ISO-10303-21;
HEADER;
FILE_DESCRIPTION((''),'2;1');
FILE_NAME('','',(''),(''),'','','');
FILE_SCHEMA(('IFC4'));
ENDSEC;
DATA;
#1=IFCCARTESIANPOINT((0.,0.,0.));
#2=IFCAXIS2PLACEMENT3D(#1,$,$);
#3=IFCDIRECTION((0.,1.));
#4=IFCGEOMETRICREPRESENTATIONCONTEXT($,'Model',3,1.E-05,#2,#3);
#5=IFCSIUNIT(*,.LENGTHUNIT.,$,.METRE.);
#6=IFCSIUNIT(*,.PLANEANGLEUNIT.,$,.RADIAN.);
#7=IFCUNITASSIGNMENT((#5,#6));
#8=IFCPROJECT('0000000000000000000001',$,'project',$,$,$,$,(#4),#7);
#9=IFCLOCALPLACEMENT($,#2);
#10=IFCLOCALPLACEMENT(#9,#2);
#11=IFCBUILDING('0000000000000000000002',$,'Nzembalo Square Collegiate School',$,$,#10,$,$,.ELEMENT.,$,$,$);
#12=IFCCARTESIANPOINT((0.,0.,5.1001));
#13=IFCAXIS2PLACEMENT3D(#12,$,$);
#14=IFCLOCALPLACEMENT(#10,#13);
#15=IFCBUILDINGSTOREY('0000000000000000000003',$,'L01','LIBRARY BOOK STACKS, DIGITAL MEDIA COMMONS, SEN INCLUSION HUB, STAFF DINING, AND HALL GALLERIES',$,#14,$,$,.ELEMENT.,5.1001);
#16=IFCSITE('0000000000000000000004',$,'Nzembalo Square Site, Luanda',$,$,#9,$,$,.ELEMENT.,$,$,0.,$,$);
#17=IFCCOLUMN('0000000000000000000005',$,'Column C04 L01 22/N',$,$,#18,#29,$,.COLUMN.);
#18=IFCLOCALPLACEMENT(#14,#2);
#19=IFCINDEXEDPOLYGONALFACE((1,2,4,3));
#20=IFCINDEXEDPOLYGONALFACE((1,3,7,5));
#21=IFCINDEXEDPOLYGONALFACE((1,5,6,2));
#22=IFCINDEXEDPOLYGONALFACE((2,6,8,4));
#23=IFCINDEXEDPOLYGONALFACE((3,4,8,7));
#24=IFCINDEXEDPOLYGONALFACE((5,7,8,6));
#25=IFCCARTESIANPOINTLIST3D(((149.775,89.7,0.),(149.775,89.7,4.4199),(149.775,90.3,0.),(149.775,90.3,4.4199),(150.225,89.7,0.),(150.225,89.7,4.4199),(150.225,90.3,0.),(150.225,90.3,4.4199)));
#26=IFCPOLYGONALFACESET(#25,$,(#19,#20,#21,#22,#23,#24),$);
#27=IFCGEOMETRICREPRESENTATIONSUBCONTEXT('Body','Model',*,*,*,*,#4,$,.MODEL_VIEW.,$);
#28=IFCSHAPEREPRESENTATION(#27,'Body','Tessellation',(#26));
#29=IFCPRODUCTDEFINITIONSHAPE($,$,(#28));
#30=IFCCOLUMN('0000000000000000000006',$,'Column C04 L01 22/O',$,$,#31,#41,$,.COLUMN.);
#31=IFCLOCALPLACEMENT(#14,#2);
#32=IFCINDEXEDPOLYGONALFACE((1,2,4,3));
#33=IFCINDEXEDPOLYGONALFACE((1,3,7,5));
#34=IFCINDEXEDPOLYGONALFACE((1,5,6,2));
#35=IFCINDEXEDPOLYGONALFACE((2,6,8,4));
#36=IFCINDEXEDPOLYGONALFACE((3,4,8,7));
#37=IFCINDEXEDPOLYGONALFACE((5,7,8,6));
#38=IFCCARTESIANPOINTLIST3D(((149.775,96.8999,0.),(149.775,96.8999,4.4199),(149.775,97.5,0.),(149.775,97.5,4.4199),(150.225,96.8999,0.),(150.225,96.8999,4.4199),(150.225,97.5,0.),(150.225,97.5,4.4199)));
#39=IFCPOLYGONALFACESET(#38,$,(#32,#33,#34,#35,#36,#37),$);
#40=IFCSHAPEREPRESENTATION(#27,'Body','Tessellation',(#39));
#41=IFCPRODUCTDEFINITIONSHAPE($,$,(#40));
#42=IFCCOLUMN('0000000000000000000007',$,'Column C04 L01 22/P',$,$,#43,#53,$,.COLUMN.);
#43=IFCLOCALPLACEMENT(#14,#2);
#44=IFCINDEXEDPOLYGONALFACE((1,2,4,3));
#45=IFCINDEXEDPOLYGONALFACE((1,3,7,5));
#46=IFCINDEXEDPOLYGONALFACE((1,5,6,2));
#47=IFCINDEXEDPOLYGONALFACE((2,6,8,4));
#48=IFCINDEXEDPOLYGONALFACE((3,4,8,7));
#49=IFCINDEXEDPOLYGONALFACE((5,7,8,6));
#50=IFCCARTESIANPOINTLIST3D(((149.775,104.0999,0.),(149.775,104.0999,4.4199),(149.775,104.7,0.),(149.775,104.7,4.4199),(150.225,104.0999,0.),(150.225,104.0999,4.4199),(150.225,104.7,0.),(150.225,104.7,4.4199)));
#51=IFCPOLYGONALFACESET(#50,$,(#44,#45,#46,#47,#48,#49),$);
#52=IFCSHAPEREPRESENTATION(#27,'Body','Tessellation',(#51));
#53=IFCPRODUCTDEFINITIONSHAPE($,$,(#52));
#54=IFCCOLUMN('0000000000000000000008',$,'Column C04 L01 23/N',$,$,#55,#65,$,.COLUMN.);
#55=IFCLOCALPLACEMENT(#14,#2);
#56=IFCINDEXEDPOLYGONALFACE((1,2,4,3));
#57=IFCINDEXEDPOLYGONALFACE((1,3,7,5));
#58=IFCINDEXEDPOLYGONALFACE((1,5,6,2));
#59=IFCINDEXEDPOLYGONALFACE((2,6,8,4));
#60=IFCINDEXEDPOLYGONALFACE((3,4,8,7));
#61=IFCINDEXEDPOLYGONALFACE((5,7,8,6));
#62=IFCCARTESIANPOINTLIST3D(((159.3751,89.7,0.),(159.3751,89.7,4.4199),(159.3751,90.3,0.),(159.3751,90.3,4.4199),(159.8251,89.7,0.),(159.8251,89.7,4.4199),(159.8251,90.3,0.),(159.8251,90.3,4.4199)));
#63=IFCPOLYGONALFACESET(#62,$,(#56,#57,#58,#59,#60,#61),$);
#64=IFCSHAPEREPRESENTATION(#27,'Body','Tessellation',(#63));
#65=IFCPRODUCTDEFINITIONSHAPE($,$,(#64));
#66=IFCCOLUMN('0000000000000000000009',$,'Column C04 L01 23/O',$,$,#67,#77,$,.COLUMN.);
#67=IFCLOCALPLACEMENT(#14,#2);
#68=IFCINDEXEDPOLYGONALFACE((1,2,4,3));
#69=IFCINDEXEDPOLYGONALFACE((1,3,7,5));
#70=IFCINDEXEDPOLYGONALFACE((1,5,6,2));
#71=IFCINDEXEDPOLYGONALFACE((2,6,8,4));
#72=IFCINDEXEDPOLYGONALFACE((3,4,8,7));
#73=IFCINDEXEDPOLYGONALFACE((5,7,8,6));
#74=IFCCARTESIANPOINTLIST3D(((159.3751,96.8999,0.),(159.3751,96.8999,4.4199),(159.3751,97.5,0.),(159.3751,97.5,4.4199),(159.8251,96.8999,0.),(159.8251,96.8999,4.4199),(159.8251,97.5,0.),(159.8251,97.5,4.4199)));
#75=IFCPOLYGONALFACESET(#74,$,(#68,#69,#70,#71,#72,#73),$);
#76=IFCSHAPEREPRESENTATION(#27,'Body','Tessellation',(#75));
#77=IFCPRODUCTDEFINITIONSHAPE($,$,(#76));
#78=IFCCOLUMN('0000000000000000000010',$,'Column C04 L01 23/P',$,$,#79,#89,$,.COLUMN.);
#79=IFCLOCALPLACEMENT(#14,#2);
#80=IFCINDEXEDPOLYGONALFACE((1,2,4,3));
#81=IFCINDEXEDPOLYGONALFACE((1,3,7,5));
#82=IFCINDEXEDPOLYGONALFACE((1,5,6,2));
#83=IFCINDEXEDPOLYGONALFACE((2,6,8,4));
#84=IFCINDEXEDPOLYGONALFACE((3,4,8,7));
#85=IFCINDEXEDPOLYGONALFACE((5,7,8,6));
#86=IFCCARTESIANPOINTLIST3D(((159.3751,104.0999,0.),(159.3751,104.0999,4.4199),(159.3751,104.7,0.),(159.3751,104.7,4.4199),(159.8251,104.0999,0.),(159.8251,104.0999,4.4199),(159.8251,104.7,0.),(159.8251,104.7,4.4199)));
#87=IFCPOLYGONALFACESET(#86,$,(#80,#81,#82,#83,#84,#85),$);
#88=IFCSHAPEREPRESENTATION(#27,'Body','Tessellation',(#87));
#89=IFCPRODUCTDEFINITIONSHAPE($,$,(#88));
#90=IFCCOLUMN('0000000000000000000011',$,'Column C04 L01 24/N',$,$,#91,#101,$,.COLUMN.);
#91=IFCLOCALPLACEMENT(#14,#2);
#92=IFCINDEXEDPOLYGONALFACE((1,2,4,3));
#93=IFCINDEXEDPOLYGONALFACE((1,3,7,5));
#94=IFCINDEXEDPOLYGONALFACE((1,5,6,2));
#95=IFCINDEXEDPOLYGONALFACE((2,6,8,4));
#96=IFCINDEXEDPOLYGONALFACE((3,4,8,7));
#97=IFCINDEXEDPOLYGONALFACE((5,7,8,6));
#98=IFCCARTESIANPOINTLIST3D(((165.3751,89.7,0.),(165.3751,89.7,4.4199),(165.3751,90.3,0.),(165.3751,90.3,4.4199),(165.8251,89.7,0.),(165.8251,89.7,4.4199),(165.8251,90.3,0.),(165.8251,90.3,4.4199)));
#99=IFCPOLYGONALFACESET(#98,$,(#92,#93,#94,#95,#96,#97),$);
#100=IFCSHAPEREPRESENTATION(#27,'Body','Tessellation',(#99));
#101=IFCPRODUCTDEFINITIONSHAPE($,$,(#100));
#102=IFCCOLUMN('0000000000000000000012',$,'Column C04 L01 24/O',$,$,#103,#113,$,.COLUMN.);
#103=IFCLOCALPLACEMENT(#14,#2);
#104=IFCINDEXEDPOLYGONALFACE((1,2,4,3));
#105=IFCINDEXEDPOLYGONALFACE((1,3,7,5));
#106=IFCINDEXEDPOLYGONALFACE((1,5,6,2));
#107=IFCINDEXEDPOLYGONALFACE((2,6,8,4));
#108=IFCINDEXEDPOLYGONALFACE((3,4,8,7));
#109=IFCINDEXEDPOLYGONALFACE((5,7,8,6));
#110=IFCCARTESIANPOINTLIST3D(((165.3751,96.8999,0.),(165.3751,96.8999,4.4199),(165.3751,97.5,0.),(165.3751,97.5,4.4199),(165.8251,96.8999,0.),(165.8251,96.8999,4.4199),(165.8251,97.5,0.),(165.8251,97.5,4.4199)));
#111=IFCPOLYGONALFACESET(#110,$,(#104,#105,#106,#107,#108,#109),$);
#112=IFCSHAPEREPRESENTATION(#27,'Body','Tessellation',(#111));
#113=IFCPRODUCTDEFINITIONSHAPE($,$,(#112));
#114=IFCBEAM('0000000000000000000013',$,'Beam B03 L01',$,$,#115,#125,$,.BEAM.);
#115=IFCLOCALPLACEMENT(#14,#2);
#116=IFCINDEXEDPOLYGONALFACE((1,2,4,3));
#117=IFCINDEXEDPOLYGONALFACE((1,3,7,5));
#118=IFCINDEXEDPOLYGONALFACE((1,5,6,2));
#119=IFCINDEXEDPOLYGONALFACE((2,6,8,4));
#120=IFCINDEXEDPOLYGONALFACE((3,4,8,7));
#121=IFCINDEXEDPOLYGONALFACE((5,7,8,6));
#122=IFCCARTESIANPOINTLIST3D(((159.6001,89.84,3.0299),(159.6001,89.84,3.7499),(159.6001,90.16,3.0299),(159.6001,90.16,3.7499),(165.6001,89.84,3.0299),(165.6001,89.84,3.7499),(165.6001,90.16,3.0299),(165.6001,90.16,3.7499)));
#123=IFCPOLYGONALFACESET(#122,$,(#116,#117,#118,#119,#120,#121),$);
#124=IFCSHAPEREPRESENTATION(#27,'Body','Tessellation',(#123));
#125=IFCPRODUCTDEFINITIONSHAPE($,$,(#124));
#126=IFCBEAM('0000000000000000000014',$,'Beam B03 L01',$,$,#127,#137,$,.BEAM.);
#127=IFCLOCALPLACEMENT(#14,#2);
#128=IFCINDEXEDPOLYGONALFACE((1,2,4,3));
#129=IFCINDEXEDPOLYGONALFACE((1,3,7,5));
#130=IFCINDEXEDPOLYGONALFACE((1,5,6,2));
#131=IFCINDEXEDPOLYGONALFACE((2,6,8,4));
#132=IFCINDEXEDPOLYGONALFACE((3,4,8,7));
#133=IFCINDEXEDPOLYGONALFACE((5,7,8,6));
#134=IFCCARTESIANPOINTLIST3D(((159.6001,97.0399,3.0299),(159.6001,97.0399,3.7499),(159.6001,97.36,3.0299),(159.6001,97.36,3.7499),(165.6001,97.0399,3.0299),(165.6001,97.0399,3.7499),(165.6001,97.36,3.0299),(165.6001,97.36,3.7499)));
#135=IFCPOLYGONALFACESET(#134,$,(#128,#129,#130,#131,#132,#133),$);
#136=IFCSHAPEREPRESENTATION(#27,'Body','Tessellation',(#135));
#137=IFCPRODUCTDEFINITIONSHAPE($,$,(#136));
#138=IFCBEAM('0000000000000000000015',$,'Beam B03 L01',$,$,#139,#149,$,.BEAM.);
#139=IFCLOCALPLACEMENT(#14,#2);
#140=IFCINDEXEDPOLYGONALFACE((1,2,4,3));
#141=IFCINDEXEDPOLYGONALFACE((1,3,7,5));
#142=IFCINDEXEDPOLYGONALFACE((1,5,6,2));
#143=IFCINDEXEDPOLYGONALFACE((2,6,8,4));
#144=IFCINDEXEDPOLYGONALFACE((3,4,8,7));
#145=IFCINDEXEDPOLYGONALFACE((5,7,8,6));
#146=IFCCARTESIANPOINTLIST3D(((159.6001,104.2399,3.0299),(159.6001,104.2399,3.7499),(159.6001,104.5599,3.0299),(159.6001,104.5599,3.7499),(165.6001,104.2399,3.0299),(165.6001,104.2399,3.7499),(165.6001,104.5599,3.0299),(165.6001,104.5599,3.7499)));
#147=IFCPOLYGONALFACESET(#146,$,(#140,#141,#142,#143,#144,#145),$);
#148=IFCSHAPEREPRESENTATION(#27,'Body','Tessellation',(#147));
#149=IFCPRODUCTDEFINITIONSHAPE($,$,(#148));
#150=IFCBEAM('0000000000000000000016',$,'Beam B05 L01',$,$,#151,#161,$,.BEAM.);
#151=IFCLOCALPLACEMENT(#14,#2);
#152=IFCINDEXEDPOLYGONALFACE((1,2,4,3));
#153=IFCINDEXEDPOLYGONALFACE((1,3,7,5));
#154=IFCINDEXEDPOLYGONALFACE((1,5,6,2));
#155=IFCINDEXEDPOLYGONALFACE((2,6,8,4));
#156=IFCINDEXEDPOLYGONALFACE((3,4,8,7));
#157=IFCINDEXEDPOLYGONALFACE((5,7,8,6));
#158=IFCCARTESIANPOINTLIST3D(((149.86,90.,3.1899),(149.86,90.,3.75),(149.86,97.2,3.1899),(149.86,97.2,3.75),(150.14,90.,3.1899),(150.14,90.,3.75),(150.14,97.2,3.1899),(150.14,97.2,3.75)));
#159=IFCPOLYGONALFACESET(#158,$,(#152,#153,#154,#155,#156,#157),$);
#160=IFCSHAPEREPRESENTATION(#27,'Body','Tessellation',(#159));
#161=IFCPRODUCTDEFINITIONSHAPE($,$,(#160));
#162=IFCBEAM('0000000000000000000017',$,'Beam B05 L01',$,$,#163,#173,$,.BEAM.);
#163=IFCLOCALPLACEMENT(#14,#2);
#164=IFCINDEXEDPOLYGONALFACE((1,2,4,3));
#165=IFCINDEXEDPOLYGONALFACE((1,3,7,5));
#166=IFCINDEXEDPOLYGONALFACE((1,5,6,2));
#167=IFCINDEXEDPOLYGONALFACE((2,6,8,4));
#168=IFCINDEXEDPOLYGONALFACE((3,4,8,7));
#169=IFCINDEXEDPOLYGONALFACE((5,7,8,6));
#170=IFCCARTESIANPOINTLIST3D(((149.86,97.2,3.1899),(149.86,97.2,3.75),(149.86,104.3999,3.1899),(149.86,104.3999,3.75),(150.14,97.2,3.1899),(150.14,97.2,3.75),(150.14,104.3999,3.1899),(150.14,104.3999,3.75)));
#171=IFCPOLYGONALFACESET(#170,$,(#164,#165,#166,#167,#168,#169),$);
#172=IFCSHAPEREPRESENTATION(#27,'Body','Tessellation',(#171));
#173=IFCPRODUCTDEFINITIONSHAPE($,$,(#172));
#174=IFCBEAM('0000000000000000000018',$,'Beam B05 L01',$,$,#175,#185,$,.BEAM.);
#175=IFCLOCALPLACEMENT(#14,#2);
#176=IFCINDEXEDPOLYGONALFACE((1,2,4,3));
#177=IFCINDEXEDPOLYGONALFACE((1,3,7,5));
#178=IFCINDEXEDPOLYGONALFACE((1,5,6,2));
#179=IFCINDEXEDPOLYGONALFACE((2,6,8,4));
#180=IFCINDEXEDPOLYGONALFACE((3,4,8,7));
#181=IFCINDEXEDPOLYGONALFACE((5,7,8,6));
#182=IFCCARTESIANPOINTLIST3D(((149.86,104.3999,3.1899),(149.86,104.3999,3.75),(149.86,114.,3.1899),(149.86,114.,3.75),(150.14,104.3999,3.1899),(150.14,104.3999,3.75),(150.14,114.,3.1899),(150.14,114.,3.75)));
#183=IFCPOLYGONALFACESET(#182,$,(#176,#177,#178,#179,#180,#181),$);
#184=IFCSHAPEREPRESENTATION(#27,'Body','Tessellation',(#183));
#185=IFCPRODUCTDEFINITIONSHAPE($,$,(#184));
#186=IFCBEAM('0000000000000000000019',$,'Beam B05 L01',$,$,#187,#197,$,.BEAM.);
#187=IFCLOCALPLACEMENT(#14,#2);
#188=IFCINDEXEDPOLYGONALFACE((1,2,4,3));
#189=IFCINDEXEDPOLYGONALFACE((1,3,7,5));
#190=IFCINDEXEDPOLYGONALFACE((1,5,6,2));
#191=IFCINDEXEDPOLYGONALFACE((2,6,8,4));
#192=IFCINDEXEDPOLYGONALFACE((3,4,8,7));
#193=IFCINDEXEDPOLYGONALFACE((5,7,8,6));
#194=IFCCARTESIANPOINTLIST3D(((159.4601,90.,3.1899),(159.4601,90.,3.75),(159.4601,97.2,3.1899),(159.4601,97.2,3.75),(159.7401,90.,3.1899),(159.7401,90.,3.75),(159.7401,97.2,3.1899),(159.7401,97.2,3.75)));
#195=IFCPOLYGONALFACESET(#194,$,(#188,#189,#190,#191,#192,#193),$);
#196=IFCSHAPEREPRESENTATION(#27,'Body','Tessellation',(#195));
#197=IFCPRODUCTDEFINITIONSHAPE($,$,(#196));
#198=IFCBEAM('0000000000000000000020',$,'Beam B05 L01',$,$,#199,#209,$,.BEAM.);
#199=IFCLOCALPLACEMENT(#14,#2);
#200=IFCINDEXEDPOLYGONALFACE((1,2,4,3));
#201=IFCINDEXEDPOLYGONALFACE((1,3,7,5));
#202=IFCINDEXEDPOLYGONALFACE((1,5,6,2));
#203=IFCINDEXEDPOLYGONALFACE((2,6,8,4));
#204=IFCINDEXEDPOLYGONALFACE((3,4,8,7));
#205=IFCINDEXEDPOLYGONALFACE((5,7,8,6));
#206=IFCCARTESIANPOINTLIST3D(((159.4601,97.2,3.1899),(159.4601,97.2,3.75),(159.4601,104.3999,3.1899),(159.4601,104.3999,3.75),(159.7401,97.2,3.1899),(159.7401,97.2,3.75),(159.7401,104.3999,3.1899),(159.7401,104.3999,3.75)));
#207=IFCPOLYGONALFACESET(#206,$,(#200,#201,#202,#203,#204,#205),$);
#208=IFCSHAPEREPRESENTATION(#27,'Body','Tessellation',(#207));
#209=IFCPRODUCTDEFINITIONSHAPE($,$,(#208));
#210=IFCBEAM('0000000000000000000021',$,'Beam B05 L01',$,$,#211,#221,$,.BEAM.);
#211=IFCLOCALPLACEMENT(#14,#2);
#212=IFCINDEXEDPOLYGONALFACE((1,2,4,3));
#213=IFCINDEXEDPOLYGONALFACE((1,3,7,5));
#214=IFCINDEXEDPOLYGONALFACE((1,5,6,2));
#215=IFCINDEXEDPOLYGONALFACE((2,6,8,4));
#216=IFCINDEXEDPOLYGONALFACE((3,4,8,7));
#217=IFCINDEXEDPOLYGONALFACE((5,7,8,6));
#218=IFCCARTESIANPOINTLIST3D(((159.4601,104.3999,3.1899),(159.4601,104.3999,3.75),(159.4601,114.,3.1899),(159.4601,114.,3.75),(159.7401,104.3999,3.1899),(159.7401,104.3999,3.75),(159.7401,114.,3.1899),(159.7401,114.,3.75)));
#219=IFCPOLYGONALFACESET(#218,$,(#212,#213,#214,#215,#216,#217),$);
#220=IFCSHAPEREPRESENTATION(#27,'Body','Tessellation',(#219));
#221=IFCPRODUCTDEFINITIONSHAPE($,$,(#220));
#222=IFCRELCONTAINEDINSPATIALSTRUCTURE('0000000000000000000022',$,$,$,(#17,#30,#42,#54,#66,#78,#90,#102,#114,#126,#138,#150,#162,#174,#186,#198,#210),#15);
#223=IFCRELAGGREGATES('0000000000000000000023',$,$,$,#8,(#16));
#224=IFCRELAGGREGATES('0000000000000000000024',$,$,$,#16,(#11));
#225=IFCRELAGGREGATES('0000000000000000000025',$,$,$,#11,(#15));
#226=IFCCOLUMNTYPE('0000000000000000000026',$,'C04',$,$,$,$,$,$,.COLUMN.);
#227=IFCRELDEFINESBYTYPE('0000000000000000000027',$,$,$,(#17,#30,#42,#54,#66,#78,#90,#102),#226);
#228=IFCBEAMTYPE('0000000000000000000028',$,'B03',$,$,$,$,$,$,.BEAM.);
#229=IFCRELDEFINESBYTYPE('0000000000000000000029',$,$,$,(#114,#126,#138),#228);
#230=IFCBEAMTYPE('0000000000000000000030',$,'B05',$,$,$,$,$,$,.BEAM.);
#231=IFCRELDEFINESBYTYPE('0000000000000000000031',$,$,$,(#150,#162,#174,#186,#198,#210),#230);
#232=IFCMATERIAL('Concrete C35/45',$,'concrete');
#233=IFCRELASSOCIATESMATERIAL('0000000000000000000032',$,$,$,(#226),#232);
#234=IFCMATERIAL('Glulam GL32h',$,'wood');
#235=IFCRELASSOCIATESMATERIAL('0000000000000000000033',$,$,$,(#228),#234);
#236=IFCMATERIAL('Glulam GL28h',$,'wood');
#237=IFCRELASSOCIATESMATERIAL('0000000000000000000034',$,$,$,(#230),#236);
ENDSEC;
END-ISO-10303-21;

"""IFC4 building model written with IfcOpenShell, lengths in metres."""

from ifc_helpers import new_model, si_unit, direction, frame, origin, origin_2d, place, context, subcontext, project, spatial, rectangle, extrude, material, material_profile, profile_set, type_object, element, save


model = new_model("IFC4")

# Units and contexts
model_context = context("Model", 3, precision=1e-05, world=origin(), true_north=direction((0.0, 1.0)))
body_context = subcontext(model_context, "Body", "Model", "MODEL_VIEW")
ifc_project = project(units=[si_unit("LENGTHUNIT", "METRE"), si_unit("PLANEANGLEUNIT", "RADIAN")], contexts=[model_context])

# Site, building, storey
site_placement = place(None, origin())
site = spatial("IfcSite", under=ifc_project, at=site_placement, Name="Nzembalo Square Site, Luanda", CompositionType="ELEMENT", RefElevation=0.0)
building_placement = place(site_placement, origin())
building = spatial("IfcBuilding", under=site, at=building_placement, Name="Nzembalo Square Collegiate School", CompositionType="ELEMENT")
storey_placement = place(building_placement, frame((0.0, 0.0, 5.1001)))
storey = spatial("IfcBuildingStorey", under=building, at=storey_placement, Name="L01", Description="LIBRARY BOOK STACKS, DIGITAL MEDIA COMMONS, SEN INCLUSION HUB, STAFF DINING, AND HALL GALLERIES", CompositionType="ELEMENT", Elevation=5.1001)

# Columns
ifc_material_1 = material(Name="Concrete C35/45", Category="concrete")
ifc_material_profile_1 = material_profile(ifc_material_1, rectangle(XDim=0.45, YDim=0.6001, at=origin_2d()), Name="RC 450x600")
ifc_profile_set_1 = profile_set([ifc_material_profile_1], Name="Concrete C35/45")
column_type = type_object("IfcColumnType", Name="C04", PredefinedType="COLUMN", material=ifc_profile_set_1)
for number, where, z_axis, x_axis, name in (
    (1, (150.0, 90.0, 0.0), (0.0, 0.0, 1.0), (1.0, 0.0, 0.0), "Column C04 L01 22/N"),
    (2, (150.0, 97.2, 0.0), (0.0, 0.0, 1.0), (1.0, 0.0, 0.0), "Column C04 L01 22/O"),
    (3, (150.0, 104.3999, 0.0), (0.0, 0.0, 1.0), (1.0, 0.0, 0.0), "Column C04 L01 22/P"),
    (4, (159.6001, 90.0, 0.0), (0.0, 0.0, 1.0), (1.0, 0.0, 0.0), "Column C04 L01 23/N"),
    (5, (159.6001, 97.2, 0.0), (0.0, 0.0, 1.0), (1.0, 0.0, 0.0), "Column C04 L01 23/O"),
    (6, (159.6001, 104.3999, 0.0), (0.0, 0.0, 1.0), (1.0, 0.0, 0.0), "Column C04 L01 23/P"),
    (7, (165.6001, 90.0, 0.0), (0.0, 0.0, 1.0), (1.0, 0.0, 0.0), "Column C04 L01 24/N"),
    (8, (165.6001, 97.2, 0.0), (0.0, 0.0, 1.0), (1.0, 0.0, 0.0), "Column C04 L01 24/O"),
):
    element("IfcColumn", number, at=place(storey_placement, frame(where, z_axis=z_axis, x_axis=x_axis)), inside=storey, type_object=column_type, Name=name, PredefinedType="COLUMN", context=body_context, shape_type="SweptSolid", body=[
        extrude(rectangle(XDim=0.45, YDim=0.6001, at=origin_2d()), origin(), (0.0, 0.0, 1.0), 4.4199),
    ])

# Beams
ifc_material_2 = material(Name="Glulam GL32h", Category="wood")
ifc_material_profile_2 = material_profile(ifc_material_2, rectangle(XDim=0.3201, YDim=0.72, at=origin_2d()), Name="GL32h 320x720")
ifc_profile_set_2 = profile_set([ifc_material_profile_2], Name="Glulam GL32h")
beam_type_1 = type_object("IfcBeamType", Name="B03", PredefinedType="BEAM", material=ifc_profile_set_2)
for number, where, z_axis, x_axis, name in (
    (9, (159.6001, 90.0, 3.3899), (1.0, 0.0, 0.0), (0.0, 1.0, 0.0), "Beam B03 L01"),
    (10, (159.6001, 97.2, 3.3899), (1.0, 0.0, 0.0), (0.0, 1.0, 0.0), "Beam B03 L01"),
    (11, (159.6001, 104.3999, 3.3899), (1.0, 0.0, 0.0), (0.0, 1.0, 0.0), "Beam B03 L01"),
):
    element("IfcBeam", number, at=place(storey_placement, frame(where, z_axis=z_axis, x_axis=x_axis)), inside=storey, type_object=beam_type_1, Name=name, PredefinedType="BEAM", context=body_context, shape_type="SweptSolid", body=[
        extrude(rectangle(XDim=0.3201, YDim=0.72, at=origin_2d()), origin(), (0.0, 0.0, 1.0), 6.0),
    ])
ifc_material_3 = material(Name="Glulam GL28h", Category="wood")
ifc_material_profile_3 = material_profile(ifc_material_3, rectangle(XDim=0.28, YDim=0.5601, at=origin_2d()), Name="GL28h 280x560")
ifc_profile_set_3 = profile_set([ifc_material_profile_3], Name="Glulam GL28h")
beam_type_2 = type_object("IfcBeamType", Name="B05", PredefinedType="BEAM", material=ifc_profile_set_3)
for number, where, z_axis, x_axis, name in (
    (12, (150.0, 90.0, 3.47), (0.0, 1.0, 0.0), (-1.0, 0.0, 0.0), "Beam B05 L01"),
    (13, (150.0, 97.2, 3.47), (0.0, 1.0, 0.0), (-1.0, 0.0, 0.0), "Beam B05 L01"),
):
    element("IfcBeam", number, at=place(storey_placement, frame(where, z_axis=z_axis, x_axis=x_axis)), inside=storey, type_object=beam_type_2, Name=name, PredefinedType="BEAM", context=body_context, shape_type="SweptSolid", body=[
        extrude(rectangle(XDim=0.28, YDim=0.5601, at=origin_2d()), origin(), (0.0, 0.0, 1.0), 7.2),
    ])
beam_1_placement = place(storey_placement, frame((150.0, 104.3999, 3.47), z_axis=(0.0, 1.0, 0.0), x_axis=(-1.0, 0.0, 0.0)))
element("IfcBeam", 14, at=beam_1_placement, inside=storey, type_object=beam_type_2, Name="Beam B05 L01", PredefinedType="BEAM", context=body_context, shape_type="SweptSolid", body=[
    extrude(rectangle(XDim=0.28, YDim=0.5601, at=origin_2d()), origin(), (0.0, 0.0, 1.0), 9.6001),
])
for number, where, z_axis, x_axis, name in (
    (15, (159.6001, 90.0, 3.47), (0.0, 1.0, 0.0), (-1.0, 0.0, 0.0), "Beam B05 L01"),
    (16, (159.6001, 97.2, 3.47), (0.0, 1.0, 0.0), (-1.0, 0.0, 0.0), "Beam B05 L01"),
):
    element("IfcBeam", number, at=place(storey_placement, frame(where, z_axis=z_axis, x_axis=x_axis)), inside=storey, type_object=beam_type_2, Name=name, PredefinedType="BEAM", context=body_context, shape_type="SweptSolid", body=[
        extrude(rectangle(XDim=0.28, YDim=0.5601, at=origin_2d()), origin(), (0.0, 0.0, 1.0), 7.2),
    ])
beam_2_placement = place(storey_placement, frame((159.6001, 104.3999, 3.47), z_axis=(0.0, 1.0, 0.0), x_axis=(-1.0, 0.0, 0.0)))
element("IfcBeam", 17, at=beam_2_placement, inside=storey, type_object=beam_type_2, Name="Beam B05 L01", PredefinedType="BEAM", context=body_context, shape_type="SweptSolid", body=[
    extrude(rectangle(XDim=0.28, YDim=0.5601, at=origin_2d()), origin(), (0.0, 0.0, 1.0), 9.6001),
])

save(model, "model.ifc")
